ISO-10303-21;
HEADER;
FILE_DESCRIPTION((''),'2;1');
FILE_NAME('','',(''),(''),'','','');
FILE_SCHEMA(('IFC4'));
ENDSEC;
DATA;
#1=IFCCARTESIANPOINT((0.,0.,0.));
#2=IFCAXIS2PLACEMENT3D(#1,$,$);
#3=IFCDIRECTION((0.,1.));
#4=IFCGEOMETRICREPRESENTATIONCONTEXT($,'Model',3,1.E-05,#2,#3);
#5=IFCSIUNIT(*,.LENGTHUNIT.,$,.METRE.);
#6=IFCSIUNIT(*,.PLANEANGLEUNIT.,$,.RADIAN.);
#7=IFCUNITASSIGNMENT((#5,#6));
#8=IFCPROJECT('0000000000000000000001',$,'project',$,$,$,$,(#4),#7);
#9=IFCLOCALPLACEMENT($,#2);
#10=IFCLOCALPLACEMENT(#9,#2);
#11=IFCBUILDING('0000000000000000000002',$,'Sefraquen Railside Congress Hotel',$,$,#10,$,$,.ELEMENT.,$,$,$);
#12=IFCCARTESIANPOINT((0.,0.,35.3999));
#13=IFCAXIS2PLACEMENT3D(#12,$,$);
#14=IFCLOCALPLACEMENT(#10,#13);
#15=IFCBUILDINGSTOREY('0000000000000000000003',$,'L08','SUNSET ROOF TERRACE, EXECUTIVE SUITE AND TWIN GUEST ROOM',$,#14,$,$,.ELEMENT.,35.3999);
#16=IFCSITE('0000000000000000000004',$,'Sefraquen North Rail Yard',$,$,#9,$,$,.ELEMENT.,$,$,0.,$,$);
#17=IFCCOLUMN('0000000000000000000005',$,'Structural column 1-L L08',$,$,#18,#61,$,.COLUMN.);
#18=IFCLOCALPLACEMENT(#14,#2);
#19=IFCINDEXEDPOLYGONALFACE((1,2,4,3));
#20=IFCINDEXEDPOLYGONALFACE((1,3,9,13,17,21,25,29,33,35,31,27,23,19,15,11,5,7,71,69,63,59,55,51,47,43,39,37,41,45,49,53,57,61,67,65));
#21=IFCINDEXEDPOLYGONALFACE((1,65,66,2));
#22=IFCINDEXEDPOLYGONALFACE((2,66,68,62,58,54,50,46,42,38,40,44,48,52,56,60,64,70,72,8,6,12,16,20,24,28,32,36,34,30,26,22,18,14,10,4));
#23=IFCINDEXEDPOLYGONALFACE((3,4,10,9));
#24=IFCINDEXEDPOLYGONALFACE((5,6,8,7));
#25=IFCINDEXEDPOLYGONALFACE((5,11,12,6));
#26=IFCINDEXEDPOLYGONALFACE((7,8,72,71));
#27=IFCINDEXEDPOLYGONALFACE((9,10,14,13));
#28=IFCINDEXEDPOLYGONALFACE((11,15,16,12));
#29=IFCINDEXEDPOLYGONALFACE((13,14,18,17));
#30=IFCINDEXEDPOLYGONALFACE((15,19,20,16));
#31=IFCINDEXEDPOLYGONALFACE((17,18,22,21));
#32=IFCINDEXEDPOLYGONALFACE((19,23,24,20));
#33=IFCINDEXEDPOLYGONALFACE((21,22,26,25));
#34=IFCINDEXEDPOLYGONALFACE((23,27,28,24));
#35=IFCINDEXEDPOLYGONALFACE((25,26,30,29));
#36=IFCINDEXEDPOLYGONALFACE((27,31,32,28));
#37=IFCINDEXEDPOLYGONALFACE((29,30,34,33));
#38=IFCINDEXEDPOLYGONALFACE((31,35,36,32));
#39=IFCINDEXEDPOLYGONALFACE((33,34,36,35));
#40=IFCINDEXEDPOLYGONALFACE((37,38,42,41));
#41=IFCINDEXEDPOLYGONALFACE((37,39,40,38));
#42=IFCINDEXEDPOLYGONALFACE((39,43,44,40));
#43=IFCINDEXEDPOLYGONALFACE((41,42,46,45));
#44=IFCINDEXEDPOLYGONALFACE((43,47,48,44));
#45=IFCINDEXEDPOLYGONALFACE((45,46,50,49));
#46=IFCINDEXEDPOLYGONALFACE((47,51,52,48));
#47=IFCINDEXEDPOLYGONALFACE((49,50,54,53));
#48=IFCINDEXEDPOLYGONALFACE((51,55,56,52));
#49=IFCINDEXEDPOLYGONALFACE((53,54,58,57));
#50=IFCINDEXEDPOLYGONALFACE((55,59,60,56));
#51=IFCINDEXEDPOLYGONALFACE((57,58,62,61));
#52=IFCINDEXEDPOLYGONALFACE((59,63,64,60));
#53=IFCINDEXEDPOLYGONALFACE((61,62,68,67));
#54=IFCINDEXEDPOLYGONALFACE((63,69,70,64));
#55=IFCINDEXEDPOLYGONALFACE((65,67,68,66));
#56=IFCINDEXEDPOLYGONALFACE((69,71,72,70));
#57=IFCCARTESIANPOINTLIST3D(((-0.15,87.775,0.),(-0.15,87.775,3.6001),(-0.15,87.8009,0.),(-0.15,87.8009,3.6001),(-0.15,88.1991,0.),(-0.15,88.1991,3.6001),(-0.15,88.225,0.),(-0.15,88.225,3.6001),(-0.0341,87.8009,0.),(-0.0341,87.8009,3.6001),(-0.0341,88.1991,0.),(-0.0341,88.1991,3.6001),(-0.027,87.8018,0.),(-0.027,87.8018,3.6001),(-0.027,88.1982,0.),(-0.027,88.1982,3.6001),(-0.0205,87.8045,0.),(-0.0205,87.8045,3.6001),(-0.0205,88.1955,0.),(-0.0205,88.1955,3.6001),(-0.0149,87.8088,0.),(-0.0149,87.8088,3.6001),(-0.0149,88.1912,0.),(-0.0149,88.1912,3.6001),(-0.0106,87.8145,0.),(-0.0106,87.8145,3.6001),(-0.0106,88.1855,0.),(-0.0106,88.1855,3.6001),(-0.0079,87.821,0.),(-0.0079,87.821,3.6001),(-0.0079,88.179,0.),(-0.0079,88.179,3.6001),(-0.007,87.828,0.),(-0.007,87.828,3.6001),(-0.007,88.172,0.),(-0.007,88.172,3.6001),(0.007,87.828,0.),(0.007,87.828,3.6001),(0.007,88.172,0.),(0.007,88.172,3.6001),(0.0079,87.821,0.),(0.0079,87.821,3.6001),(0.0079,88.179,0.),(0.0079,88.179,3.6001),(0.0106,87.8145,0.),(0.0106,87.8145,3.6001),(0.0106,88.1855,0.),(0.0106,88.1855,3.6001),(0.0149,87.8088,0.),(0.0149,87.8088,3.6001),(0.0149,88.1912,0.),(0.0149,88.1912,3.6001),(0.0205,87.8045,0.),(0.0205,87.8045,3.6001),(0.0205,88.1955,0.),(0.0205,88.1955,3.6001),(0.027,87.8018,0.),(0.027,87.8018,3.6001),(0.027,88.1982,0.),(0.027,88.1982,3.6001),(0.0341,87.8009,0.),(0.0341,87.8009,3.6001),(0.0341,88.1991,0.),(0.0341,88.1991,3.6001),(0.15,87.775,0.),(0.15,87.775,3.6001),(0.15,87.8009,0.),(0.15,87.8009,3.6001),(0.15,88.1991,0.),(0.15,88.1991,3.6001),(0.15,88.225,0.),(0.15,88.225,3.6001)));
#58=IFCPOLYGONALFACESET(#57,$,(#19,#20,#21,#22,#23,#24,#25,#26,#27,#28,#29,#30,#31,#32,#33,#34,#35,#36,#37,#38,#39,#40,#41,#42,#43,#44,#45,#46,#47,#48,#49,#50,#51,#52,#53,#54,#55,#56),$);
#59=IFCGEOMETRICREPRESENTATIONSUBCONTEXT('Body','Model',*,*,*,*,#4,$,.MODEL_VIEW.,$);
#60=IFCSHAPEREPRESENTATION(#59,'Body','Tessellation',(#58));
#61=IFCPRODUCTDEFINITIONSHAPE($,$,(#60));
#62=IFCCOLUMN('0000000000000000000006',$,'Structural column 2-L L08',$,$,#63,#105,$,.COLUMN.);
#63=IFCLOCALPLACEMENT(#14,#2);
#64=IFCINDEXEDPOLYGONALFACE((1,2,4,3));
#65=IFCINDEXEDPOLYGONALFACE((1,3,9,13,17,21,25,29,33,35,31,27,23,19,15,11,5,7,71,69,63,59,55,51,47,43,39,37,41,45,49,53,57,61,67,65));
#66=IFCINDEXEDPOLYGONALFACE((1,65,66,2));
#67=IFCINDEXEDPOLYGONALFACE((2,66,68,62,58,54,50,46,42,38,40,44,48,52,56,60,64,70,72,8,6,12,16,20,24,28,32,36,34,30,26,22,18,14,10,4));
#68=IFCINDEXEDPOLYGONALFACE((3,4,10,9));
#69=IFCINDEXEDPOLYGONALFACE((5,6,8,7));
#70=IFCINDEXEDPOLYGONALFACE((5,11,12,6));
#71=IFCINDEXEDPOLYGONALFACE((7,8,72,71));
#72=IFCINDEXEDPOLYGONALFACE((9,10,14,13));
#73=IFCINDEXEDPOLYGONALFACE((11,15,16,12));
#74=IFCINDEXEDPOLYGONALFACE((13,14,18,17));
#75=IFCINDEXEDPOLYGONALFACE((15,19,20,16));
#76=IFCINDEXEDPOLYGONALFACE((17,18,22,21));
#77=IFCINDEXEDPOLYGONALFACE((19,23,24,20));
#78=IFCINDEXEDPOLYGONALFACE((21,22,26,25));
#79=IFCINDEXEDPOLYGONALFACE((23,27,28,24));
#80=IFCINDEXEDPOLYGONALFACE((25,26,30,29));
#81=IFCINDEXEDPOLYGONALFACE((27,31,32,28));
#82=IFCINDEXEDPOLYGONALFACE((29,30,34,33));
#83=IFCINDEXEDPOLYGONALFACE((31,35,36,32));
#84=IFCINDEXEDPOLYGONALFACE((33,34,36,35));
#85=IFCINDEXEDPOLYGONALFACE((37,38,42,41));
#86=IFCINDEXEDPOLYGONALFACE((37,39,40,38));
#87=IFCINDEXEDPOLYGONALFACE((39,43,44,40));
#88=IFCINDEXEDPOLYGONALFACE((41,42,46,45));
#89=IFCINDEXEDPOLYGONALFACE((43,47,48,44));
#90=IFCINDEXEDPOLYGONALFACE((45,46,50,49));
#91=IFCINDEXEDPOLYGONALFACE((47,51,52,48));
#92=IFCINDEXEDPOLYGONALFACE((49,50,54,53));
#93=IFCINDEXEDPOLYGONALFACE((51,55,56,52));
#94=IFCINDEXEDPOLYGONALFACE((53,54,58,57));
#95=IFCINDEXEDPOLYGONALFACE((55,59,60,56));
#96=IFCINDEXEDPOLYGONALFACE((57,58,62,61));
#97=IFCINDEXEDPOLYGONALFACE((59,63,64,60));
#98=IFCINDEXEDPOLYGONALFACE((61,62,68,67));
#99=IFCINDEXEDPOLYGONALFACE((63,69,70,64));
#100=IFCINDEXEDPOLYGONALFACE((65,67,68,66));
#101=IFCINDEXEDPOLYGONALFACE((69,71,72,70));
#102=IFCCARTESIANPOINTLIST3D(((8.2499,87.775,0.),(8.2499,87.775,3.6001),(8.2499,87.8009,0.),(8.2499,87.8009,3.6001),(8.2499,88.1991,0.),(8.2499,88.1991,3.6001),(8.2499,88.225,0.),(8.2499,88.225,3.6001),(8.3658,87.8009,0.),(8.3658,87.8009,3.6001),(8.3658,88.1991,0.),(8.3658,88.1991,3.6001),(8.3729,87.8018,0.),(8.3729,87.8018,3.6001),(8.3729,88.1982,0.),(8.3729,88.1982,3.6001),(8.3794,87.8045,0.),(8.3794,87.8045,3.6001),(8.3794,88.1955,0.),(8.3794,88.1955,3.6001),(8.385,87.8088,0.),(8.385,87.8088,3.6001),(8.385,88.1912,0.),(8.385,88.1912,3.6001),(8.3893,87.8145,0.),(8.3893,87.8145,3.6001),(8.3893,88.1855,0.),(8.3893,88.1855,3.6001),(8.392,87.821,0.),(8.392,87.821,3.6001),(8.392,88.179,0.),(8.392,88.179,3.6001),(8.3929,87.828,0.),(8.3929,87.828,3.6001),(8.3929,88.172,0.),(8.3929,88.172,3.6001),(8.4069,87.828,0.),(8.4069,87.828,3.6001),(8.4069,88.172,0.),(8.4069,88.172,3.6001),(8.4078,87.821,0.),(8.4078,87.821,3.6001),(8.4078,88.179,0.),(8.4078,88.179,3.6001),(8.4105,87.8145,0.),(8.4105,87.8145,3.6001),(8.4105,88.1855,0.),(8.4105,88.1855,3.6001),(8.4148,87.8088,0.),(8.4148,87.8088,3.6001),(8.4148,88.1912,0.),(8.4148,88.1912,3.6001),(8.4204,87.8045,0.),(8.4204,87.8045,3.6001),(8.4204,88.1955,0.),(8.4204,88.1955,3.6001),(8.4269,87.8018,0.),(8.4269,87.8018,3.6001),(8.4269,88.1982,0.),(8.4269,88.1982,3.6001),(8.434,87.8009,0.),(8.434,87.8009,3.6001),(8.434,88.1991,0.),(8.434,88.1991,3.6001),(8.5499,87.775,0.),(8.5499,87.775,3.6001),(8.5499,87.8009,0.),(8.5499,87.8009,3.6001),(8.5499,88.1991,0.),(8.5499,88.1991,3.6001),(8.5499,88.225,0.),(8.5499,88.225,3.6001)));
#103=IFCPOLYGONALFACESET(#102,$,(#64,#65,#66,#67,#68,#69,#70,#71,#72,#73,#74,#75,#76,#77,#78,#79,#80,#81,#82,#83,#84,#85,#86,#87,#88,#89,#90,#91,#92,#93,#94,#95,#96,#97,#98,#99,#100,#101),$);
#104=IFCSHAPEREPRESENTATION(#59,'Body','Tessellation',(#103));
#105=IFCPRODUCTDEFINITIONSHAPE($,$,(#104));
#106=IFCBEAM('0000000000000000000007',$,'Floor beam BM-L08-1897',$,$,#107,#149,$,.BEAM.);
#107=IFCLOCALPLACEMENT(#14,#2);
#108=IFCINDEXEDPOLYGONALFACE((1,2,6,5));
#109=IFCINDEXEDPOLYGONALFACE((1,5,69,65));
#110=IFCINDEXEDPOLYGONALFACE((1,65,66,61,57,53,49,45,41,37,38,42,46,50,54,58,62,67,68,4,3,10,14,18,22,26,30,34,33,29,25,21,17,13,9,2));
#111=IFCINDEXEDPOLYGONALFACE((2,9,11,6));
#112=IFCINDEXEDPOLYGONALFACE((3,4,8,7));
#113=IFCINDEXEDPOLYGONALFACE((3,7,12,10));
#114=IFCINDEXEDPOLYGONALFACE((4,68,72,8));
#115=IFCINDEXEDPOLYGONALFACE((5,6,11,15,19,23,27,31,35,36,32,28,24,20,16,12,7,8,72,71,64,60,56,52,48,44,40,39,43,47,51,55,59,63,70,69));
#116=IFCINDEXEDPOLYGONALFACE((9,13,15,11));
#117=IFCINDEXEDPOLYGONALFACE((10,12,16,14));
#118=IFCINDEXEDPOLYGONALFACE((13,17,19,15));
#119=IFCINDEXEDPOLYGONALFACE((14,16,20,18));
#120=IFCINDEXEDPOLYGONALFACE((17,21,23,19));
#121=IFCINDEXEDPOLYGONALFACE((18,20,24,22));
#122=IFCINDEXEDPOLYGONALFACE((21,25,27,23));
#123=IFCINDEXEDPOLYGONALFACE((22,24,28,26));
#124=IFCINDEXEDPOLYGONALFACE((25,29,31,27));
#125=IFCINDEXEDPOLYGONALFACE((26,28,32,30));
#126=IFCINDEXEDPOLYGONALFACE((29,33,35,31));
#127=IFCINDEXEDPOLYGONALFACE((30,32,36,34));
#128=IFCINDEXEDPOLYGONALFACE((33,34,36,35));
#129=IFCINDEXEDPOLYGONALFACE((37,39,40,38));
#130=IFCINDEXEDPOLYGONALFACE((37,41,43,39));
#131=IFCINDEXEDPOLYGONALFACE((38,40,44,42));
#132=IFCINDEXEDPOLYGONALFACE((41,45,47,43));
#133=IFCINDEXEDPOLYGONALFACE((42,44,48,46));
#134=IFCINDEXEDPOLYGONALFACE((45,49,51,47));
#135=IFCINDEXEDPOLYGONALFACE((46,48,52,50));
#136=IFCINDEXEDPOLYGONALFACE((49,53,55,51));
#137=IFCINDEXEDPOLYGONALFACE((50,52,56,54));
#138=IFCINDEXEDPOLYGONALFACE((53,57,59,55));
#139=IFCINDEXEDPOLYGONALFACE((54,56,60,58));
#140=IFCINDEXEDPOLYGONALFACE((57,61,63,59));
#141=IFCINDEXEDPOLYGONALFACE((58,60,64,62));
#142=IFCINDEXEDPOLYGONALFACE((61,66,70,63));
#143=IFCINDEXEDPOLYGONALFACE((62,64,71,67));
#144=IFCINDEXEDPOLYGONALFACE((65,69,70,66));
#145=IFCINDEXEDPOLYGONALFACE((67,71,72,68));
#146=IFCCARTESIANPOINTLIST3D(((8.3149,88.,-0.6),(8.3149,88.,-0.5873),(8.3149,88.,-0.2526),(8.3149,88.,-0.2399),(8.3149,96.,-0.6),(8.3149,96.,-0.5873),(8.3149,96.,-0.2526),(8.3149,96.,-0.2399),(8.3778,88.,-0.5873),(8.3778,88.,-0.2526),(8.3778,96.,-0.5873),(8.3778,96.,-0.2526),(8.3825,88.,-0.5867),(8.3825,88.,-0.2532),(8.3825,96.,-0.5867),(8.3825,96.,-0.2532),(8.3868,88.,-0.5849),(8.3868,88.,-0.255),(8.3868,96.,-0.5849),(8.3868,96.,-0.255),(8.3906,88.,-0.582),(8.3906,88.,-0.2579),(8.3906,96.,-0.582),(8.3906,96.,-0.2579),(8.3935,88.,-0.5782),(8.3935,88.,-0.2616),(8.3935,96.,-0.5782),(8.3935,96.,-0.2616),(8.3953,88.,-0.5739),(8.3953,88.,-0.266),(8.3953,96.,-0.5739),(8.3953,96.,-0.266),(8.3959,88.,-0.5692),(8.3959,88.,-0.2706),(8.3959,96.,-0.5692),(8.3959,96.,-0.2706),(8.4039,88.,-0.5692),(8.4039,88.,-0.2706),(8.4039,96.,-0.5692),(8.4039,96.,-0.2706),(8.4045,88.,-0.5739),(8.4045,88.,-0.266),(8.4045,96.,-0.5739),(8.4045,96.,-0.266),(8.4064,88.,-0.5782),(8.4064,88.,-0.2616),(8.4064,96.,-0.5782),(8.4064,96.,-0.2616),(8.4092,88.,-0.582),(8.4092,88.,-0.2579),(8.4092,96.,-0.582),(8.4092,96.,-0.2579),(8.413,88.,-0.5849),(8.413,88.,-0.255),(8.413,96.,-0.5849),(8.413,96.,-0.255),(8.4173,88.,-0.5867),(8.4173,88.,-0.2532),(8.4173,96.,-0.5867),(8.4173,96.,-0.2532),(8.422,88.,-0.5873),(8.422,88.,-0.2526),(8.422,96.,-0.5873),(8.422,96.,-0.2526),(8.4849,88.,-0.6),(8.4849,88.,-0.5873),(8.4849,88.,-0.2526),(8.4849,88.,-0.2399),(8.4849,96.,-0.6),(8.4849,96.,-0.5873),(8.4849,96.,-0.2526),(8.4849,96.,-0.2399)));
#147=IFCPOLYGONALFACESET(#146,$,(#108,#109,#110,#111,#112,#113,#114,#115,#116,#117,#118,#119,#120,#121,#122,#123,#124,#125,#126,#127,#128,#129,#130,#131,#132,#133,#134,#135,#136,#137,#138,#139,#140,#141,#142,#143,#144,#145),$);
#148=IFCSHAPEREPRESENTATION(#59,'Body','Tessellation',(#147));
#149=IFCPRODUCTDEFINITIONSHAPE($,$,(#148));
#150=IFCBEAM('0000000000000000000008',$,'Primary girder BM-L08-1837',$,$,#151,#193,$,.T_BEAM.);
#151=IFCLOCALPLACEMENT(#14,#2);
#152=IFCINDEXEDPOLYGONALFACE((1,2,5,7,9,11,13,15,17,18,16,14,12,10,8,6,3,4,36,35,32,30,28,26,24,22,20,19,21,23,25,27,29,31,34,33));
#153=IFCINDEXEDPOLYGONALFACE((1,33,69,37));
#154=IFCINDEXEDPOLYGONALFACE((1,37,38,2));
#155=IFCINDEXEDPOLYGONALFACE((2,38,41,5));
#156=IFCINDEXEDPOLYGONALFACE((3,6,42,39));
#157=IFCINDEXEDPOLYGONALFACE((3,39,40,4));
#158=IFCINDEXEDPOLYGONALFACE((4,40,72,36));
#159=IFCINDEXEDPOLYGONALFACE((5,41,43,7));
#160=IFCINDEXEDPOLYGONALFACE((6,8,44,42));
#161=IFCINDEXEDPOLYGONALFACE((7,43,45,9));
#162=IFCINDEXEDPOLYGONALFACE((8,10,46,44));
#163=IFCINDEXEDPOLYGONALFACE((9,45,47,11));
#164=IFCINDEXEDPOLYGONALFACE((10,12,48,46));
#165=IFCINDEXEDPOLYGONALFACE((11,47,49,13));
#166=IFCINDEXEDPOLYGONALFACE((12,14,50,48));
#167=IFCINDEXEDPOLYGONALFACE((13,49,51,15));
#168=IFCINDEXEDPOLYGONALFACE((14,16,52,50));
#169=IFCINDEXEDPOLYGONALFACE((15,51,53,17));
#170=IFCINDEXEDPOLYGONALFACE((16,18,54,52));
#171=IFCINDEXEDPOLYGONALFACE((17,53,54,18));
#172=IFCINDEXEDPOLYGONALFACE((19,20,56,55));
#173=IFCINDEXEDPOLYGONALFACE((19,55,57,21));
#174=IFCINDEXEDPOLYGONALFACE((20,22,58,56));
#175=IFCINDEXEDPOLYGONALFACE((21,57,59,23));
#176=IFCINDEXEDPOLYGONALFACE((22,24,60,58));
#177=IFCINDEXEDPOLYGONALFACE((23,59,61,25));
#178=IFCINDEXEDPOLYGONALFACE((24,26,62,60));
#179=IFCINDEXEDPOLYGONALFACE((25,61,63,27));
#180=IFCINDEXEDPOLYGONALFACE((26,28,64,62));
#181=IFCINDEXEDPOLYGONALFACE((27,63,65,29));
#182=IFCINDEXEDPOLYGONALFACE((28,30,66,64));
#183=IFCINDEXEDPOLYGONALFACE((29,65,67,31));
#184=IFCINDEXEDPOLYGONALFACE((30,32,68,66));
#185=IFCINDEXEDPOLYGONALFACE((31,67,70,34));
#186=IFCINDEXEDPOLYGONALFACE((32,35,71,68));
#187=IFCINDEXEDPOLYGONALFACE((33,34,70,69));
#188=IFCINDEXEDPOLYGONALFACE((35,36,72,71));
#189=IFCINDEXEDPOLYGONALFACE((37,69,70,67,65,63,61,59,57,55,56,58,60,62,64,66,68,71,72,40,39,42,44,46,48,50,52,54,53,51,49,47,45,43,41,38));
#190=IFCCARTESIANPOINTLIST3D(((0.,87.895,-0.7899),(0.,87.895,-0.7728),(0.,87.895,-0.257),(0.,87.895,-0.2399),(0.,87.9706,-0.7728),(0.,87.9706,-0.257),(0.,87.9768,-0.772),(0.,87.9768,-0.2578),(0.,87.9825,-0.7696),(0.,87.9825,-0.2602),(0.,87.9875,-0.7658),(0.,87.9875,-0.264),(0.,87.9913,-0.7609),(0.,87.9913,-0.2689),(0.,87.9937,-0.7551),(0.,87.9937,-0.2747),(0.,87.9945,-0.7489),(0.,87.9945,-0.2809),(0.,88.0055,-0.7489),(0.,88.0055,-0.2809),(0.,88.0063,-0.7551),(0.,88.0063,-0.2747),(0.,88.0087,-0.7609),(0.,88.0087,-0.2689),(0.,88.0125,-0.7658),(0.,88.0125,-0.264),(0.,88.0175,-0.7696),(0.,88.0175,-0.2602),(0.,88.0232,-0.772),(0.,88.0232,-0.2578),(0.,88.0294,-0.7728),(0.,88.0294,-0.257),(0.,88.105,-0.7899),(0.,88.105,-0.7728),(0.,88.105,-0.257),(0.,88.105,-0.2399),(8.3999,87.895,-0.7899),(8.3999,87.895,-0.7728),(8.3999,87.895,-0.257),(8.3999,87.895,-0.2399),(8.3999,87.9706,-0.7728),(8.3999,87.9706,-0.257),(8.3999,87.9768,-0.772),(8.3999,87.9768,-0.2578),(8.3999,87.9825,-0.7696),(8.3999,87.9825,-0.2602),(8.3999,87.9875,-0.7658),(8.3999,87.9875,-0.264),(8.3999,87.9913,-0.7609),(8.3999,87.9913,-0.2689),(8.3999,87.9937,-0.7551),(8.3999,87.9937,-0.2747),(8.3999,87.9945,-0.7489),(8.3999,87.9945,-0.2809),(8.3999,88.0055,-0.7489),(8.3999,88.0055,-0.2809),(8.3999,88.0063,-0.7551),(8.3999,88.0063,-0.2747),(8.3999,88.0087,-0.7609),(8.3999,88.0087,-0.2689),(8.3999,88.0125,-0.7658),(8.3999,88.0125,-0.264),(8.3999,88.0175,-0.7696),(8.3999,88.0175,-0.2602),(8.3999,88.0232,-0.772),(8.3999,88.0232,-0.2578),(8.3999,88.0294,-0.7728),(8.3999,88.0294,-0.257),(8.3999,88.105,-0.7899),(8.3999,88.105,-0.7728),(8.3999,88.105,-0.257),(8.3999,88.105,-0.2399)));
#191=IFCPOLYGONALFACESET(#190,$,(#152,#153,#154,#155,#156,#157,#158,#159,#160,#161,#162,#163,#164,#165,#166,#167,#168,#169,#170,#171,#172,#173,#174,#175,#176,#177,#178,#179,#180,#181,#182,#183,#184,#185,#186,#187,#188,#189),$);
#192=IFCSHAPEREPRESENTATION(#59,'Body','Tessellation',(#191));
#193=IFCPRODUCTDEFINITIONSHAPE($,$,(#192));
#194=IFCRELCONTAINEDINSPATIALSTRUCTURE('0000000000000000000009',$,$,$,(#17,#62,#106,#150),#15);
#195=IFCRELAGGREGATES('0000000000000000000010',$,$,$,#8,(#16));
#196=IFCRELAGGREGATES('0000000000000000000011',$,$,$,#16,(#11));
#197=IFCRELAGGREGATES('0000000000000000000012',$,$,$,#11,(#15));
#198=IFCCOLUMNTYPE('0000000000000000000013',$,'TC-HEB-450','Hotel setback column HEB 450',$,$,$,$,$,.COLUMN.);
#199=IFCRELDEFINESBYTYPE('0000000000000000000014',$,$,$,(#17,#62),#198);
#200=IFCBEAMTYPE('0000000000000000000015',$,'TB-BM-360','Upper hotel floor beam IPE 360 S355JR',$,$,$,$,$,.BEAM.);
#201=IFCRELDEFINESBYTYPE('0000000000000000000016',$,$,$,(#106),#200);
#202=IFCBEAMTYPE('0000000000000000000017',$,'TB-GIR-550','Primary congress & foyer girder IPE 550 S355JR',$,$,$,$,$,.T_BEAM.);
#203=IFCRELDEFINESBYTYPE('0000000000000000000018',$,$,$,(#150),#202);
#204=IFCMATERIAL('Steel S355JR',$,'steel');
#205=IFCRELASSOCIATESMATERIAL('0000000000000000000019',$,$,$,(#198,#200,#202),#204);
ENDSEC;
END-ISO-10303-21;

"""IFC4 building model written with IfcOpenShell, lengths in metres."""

from ifc_helpers import new_model, si_unit, direction, frame, origin, origin_2d, place, context, subcontext, project, spatial, i_section, extrude, material, material_profile, profile_set, type_object, element, save


model = new_model("IFC4")

# Units and contexts
model_context = context("Model", 3, precision=1e-05, world=origin(), true_north=direction((0.0, 1.0)))
body_context = subcontext(model_context, "Body", "Model", "MODEL_VIEW")
ifc_project = project(units=[si_unit("LENGTHUNIT", "METRE"), si_unit("PLANEANGLEUNIT", "RADIAN")], contexts=[model_context])

# Site, building, storey
site_placement = place(None, origin())
site = spatial("IfcSite", under=ifc_project, at=site_placement, Name="Sefraquen North Rail Yard", CompositionType="ELEMENT", RefElevation=0.0)
building_placement = place(site_placement, origin())
building = spatial("IfcBuilding", under=site, at=building_placement, Name="Sefraquen Railside Congress Hotel", CompositionType="ELEMENT")
storey_placement = place(building_placement, frame((0.0, 0.0, 35.3999)))
storey = spatial("IfcBuildingStorey", under=building, at=storey_placement, Name="L08", Description="SUNSET ROOF TERRACE, EXECUTIVE SUITE AND TWIN GUEST ROOM", CompositionType="ELEMENT", Elevation=35.3999)

# Columns
ifc_material_1 = material(Name="Steel S355JR", Category="steel")
ifc_material_profile_1 = material_profile(ifc_material_1, i_section(OverallWidth=0.3, OverallDepth=0.45, WebThickness=0.0139, FlangeThickness=0.0259, FilletRadius=0.0271, at=origin_2d()), Name="HEB 450")
ifc_profile_set_1 = profile_set([ifc_material_profile_1], Name="Steel S355JR")
column_type = type_object("IfcColumnType", Name="TC-HEB-450", Description="Hotel setback column HEB 450", PredefinedType="COLUMN", material=ifc_profile_set_1)
for number, where, z_axis, x_axis, name in (
    (1, (0.0, 88.0, 0.0), (0.0, 0.0, 1.0), (1.0, 0.0, 0.0), "Structural column 1-L L08"),
    (2, (8.3999, 88.0, 0.0), (0.0, 0.0, 1.0), (1.0, 0.0, 0.0), "Structural column 2-L L08"),
):
    element("IfcColumn", number, at=place(storey_placement, frame(where, z_axis=z_axis, x_axis=x_axis)), inside=storey, type_object=column_type, Name=name, PredefinedType="COLUMN", context=body_context, shape_type="SweptSolid", body=[
        extrude(i_section(OverallWidth=0.3, OverallDepth=0.45, WebThickness=0.0139, FlangeThickness=0.0259, FilletRadius=0.0271, at=origin_2d()), origin(), (0.0, 0.0, 1.0), 3.6001),
    ])

# Beams
ifc_material_profile_2 = material_profile(ifc_material_1, i_section(OverallWidth=0.1699, OverallDepth=0.3601, WebThickness=0.0081, FlangeThickness=0.0127, FilletRadius=0.0181, at=origin_2d()), Name="IPE 360")
ifc_profile_set_2 = profile_set([ifc_material_profile_2], Name="Steel S355JR")
beam_type_1 = type_object("IfcBeamType", Name="TB-BM-360", Description="Upper hotel floor beam IPE 360 S355JR", PredefinedType="BEAM", material=ifc_profile_set_2)
beam_1_placement = place(storey_placement, frame((8.3999, 88.0, -0.4199), z_axis=(0.0, 1.0, 0.0), x_axis=(-1.0, 0.0, 0.0)))
element("IfcBeam", 3, at=beam_1_placement, inside=storey, type_object=beam_type_1, Name="Floor beam BM-L08-1897", PredefinedType="BEAM", context=body_context, shape_type="SweptSolid", body=[
    extrude(i_section(OverallWidth=0.1699, OverallDepth=0.3601, WebThickness=0.0081, FlangeThickness=0.0127, FilletRadius=0.0181, at=origin_2d()), origin(), (0.0, 0.0, 1.0), 8.0),
])
ifc_material_profile_3 = material_profile(ifc_material_1, i_section(OverallWidth=0.21, OverallDepth=0.55, WebThickness=0.011, FlangeThickness=0.0171, FilletRadius=0.0239, at=origin_2d()), Name="IPE 550")
ifc_profile_set_3 = profile_set([ifc_material_profile_3], Name="Steel S355JR")
beam_type_2 = type_object("IfcBeamType", Name="TB-GIR-550", Description="Primary congress & foyer girder IPE 550 S355JR", PredefinedType="T_BEAM", material=ifc_profile_set_3)
beam_2_placement = place(storey_placement, frame((0.0, 88.0, -0.5149), z_axis=(1.0, 0.0, 0.0), x_axis=(0.0, 1.0, 0.0)))
element("IfcBeam", 4, at=beam_2_placement, inside=storey, type_object=beam_type_2, Name="Primary girder BM-L08-1837", PredefinedType="T_BEAM", context=body_context, shape_type="SweptSolid", body=[
    extrude(i_section(OverallWidth=0.21, OverallDepth=0.55, WebThickness=0.011, FlangeThickness=0.0171, FilletRadius=0.0239, at=origin_2d()), origin(), (0.0, 0.0, 1.0), 8.3999),
])

save(model, "model.ifc")
